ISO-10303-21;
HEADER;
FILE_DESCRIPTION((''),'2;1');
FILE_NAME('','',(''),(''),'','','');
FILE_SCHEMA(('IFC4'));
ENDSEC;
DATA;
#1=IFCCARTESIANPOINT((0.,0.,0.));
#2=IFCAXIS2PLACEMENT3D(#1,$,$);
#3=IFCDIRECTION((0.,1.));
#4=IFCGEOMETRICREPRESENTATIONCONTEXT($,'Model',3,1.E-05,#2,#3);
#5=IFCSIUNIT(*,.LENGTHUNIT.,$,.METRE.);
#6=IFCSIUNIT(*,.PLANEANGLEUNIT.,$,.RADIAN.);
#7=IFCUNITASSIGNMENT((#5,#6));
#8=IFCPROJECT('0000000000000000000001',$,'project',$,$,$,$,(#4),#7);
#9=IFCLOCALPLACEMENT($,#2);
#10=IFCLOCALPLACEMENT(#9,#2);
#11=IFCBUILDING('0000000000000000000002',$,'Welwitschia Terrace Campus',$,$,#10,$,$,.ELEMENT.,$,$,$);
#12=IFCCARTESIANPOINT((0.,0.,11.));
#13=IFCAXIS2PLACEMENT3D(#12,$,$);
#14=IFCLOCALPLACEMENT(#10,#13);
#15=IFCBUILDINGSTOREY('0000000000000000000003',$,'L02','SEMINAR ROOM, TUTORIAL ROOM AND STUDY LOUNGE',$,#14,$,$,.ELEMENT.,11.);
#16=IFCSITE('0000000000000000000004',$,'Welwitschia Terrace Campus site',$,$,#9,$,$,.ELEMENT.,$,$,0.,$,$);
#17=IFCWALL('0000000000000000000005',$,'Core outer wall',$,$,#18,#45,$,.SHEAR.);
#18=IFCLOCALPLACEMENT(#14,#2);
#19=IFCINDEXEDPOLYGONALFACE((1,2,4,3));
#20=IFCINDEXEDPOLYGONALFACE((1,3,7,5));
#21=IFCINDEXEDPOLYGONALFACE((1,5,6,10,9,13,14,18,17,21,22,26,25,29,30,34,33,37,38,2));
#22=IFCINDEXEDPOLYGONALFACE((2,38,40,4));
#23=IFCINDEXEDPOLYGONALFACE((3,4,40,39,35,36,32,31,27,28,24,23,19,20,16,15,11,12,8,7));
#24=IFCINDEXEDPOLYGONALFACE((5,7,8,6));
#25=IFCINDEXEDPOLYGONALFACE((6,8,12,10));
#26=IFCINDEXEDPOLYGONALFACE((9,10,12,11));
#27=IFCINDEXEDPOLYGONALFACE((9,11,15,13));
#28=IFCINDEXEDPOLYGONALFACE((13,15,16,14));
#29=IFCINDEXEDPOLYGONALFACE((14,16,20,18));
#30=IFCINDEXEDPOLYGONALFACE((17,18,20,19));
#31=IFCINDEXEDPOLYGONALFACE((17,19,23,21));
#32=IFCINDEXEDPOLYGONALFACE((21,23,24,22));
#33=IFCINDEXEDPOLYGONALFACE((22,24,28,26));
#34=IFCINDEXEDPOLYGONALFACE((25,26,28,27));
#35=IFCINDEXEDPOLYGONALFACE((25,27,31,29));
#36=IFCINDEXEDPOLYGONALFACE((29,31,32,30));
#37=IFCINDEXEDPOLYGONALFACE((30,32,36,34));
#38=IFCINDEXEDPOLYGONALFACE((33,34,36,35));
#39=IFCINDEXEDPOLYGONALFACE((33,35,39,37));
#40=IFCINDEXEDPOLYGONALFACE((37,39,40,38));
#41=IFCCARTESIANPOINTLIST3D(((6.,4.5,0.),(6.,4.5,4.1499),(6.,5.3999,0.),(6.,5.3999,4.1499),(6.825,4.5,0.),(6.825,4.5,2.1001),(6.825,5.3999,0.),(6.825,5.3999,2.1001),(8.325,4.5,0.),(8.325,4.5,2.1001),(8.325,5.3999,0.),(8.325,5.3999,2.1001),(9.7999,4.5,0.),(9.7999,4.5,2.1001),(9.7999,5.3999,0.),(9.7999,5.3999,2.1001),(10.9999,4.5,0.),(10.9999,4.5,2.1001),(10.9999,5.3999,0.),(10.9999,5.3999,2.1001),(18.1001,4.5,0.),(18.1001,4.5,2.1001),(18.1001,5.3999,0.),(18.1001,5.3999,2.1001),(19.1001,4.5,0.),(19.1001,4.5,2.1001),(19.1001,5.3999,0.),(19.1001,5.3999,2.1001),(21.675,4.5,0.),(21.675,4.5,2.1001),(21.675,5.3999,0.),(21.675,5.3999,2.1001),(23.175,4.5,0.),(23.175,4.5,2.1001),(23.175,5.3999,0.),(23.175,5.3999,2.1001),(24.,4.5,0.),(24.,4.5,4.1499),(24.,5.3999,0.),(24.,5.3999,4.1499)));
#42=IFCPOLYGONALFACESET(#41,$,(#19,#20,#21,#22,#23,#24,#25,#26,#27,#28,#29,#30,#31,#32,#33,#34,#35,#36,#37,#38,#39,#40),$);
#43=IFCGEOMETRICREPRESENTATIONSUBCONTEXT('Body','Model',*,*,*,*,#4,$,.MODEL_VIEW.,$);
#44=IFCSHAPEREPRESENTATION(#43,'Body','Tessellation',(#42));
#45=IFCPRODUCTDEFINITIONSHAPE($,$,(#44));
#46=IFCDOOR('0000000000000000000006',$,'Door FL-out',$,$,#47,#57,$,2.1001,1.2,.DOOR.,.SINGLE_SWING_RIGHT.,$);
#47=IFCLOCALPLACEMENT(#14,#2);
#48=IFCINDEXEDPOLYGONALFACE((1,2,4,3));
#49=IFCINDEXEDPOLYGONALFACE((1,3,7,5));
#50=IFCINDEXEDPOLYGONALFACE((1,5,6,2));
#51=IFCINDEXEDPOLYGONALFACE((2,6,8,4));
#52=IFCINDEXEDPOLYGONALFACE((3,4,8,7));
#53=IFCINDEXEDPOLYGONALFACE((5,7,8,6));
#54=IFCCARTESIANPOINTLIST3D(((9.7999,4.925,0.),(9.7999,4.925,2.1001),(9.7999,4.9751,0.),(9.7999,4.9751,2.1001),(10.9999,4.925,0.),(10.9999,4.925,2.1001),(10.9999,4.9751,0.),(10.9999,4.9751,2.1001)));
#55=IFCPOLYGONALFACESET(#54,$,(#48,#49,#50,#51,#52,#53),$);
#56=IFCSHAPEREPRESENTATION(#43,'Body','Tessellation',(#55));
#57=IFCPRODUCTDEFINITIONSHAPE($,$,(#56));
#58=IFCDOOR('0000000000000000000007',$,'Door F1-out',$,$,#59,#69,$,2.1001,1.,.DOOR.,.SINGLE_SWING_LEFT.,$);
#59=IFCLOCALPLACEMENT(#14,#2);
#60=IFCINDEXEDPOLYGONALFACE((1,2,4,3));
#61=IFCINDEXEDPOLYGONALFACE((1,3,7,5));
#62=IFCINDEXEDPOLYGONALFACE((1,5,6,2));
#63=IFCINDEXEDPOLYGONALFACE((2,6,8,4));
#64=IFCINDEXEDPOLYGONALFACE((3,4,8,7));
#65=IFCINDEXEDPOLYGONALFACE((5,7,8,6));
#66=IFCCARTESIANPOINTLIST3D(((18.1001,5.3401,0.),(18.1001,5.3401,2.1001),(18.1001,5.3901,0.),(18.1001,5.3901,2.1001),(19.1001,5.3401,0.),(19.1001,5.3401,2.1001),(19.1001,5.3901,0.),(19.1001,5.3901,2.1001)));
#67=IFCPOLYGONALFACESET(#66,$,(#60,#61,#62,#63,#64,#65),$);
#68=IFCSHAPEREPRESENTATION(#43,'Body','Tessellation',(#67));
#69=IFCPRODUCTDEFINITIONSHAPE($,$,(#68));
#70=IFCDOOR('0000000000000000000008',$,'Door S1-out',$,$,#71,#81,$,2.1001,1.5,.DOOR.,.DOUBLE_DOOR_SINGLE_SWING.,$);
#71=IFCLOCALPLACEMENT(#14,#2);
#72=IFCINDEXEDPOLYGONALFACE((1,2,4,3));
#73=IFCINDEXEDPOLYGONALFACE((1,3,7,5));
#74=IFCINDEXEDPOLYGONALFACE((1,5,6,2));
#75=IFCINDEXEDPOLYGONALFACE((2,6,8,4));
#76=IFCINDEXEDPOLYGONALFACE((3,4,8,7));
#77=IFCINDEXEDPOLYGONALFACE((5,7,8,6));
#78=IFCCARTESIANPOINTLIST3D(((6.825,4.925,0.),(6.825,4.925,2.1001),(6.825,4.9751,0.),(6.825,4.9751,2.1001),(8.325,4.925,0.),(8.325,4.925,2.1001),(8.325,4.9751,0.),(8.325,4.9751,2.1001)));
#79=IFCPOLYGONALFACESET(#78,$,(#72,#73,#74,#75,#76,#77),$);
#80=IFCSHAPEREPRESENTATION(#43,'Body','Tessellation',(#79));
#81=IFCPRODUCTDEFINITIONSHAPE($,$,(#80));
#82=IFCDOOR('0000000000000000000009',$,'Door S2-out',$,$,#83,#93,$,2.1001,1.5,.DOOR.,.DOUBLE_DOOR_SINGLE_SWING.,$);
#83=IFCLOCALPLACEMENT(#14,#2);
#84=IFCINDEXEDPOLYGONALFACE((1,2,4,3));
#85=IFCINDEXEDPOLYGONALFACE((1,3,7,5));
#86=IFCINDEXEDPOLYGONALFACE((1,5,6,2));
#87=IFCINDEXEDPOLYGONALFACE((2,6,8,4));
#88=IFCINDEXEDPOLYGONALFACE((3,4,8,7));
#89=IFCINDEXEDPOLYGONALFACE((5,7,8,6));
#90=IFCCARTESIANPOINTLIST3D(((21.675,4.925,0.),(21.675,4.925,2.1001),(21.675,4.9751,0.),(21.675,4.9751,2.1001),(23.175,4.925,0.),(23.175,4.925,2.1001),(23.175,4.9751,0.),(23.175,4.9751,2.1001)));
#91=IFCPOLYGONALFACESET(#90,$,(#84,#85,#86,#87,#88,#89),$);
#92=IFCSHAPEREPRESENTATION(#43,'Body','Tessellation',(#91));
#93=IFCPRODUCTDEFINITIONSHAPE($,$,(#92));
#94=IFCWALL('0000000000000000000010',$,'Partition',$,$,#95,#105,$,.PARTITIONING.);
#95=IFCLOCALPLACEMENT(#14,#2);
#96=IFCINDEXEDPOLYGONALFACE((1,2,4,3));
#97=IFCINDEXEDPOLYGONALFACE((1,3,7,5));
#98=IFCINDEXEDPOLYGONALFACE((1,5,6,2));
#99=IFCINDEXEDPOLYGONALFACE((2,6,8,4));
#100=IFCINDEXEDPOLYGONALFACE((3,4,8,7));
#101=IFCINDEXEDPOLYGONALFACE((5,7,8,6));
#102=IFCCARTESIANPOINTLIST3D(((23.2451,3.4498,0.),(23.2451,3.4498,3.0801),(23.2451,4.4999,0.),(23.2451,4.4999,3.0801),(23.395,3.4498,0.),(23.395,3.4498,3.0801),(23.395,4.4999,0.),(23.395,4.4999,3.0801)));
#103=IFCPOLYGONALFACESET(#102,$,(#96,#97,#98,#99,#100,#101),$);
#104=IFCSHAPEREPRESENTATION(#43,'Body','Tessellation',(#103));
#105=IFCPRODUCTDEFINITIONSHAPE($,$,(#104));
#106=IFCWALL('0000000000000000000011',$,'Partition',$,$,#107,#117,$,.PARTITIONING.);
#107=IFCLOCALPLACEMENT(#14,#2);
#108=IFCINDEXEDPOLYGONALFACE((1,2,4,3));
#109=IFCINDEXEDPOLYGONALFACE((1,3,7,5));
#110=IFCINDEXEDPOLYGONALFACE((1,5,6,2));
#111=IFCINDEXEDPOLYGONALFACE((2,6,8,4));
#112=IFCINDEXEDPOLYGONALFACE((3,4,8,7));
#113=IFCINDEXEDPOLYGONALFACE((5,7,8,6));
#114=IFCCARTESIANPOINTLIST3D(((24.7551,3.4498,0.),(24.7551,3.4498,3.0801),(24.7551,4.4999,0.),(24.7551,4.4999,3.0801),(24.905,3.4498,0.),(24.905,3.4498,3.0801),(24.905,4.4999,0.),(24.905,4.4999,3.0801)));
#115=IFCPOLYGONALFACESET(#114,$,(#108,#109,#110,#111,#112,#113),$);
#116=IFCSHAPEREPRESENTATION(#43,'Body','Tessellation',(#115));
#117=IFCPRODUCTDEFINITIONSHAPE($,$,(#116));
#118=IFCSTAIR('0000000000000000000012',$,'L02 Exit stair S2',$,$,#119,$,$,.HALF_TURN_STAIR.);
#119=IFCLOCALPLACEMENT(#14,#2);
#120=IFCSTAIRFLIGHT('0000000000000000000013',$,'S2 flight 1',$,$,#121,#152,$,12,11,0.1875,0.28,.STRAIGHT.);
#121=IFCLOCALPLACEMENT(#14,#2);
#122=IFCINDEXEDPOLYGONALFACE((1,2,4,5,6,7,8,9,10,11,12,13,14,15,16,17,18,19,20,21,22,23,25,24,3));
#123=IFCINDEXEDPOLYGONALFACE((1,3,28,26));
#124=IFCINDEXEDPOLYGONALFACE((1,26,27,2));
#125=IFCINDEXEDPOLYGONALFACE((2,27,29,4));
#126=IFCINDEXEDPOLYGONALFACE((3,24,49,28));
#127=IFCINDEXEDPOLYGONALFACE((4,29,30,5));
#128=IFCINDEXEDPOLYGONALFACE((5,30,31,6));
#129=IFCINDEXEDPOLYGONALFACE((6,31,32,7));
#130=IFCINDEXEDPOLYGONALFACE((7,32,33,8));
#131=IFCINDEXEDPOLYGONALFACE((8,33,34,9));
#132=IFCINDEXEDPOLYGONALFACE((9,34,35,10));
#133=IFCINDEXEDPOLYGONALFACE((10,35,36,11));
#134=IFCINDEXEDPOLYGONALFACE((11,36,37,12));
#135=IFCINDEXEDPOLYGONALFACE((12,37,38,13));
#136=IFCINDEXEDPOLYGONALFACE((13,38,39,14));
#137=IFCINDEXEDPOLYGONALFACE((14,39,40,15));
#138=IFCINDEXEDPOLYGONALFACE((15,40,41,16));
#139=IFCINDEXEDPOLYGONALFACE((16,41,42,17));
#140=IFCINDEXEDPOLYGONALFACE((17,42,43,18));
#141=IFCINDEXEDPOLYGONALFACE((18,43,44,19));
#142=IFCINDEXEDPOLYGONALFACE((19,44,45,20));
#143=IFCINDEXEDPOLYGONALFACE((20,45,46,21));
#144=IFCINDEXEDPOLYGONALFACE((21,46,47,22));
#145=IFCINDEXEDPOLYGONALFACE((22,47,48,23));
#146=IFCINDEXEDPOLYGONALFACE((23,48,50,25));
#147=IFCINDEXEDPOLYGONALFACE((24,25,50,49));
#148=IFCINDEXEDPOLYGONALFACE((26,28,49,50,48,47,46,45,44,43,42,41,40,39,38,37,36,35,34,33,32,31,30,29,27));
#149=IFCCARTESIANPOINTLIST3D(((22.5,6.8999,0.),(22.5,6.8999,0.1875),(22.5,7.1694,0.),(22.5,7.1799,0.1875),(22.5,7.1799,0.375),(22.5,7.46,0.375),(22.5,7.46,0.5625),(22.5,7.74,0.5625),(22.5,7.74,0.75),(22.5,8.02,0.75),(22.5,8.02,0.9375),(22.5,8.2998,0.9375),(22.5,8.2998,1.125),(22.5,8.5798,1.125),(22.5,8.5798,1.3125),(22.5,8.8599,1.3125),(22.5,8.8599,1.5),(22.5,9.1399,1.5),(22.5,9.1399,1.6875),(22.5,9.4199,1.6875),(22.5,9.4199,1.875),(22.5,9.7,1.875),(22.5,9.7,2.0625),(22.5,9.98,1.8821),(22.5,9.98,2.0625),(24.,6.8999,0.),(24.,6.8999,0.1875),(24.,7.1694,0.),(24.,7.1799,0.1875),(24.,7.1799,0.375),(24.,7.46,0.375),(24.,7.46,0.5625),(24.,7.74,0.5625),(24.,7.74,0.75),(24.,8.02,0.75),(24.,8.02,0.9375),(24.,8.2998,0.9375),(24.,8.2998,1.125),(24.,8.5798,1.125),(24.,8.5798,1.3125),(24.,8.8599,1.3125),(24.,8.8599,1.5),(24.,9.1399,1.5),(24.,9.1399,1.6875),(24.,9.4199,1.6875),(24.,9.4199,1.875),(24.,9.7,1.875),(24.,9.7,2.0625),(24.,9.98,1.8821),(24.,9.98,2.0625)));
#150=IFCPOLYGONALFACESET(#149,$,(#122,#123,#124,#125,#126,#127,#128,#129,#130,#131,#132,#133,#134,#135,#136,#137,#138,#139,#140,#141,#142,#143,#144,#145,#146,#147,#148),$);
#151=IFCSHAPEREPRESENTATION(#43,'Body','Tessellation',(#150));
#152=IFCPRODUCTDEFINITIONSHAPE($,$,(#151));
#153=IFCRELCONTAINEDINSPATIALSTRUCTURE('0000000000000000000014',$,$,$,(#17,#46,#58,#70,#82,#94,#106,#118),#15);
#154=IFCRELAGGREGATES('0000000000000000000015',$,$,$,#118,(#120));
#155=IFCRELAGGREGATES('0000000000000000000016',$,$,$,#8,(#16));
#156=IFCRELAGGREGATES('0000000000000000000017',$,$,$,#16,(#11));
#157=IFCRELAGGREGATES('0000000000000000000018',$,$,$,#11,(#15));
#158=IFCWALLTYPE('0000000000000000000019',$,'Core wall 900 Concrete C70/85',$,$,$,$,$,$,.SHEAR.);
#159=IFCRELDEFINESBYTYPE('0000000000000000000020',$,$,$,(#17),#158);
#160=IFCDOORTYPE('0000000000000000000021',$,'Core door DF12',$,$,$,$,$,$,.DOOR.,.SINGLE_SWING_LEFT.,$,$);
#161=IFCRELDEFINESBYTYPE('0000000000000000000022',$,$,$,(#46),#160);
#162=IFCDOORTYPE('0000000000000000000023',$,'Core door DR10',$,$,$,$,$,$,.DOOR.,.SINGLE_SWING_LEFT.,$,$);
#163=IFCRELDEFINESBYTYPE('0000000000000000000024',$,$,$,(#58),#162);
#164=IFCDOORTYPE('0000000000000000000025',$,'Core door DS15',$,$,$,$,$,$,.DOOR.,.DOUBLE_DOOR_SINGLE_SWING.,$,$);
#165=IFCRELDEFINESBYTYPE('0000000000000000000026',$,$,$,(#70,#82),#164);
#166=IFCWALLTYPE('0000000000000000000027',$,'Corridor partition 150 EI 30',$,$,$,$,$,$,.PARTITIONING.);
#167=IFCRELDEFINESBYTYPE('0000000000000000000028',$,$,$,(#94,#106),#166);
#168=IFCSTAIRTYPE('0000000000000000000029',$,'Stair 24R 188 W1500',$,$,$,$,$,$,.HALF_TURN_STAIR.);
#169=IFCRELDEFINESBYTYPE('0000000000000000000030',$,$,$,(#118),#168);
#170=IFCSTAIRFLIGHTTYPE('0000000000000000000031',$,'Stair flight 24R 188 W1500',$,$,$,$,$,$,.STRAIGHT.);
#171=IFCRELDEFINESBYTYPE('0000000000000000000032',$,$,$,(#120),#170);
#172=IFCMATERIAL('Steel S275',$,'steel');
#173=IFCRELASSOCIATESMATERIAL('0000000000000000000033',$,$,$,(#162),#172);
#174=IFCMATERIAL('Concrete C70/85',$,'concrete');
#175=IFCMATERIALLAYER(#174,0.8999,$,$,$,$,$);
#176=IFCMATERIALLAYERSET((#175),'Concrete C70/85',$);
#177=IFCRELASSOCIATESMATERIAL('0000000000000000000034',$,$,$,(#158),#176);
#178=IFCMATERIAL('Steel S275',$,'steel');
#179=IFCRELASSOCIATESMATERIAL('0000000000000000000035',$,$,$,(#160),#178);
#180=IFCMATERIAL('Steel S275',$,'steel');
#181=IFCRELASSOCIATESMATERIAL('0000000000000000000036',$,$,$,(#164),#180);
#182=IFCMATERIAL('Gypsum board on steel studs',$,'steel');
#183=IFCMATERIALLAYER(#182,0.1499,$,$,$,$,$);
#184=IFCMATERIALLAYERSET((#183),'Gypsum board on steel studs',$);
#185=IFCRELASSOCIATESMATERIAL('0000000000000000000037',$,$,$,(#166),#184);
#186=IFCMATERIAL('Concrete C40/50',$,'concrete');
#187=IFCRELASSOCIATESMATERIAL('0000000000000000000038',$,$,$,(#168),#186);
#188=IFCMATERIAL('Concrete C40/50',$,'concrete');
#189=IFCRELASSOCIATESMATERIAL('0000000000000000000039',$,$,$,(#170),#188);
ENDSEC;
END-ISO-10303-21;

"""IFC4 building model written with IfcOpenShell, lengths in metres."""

from ifc_helpers import new_model, si_unit, direction, frame, frame_2d, origin, place, context, subcontext, project, spatial, polyline, rectangle, outline, extrude, material, layer, layer_set, type_object, element, fill, aggregate, save


model = new_model("IFC4")

# Units and contexts
model_context = context("Model", 3, precision=1e-05, world=origin(), true_north=direction((0.0, 1.0)))
body_context = subcontext(model_context, "Body", "Model", "MODEL_VIEW")
ifc_project = project(units=[si_unit("LENGTHUNIT", "METRE"), si_unit("PLANEANGLEUNIT", "RADIAN")], contexts=[model_context])

# Site, building, storey
site_placement = place(None, origin())
site = spatial("IfcSite", under=ifc_project, at=site_placement, Name="Welwitschia Terrace Campus site", CompositionType="ELEMENT", RefElevation=0.0)
building_placement = place(site_placement, origin())
building = spatial("IfcBuilding", under=site, at=building_placement, Name="Welwitschia Terrace Campus", CompositionType="ELEMENT")
storey_placement = place(building_placement, frame((0.0, 0.0, 11.0)))
storey = spatial("IfcBuildingStorey", under=building, at=storey_placement, Name="L02", Description="SEMINAR ROOM, TUTORIAL ROOM AND STUDY LOUNGE", CompositionType="ELEMENT", Elevation=11.0)

# Wall, openings, doors
ifc_material_1 = material(Name="Steel S275", Category="steel")
door_type_1 = type_object("IfcDoorType", Name="Core door DR10", OperationType="SINGLE_SWING_LEFT", PredefinedType="DOOR", material=ifc_material_1)
ifc_material_2 = material(Name="Concrete C70/85", Category="concrete")
ifc_layer_1 = layer(ifc_material_2, 0.8999)
ifc_layer_set_1 = layer_set([ifc_layer_1], Name="Concrete C70/85")
wall_type_1 = type_object("IfcWallType", Name="Core wall 900 Concrete C70/85", PredefinedType="SHEAR", material=ifc_layer_set_1)
wall_1_placement = place(storey_placement, frame((24.0, 4.95, 0.0), z_axis=(0.0, 0.0, 1.0), x_axis=(-1.0, 0.0, 0.0)))
wall_1 = element("IfcWall", 1, at=wall_1_placement, inside=storey, type_object=wall_type_1, Name="Core outer wall", PredefinedType="SHEAR", context=body_context, shape_type="SweptSolid", body=[
    extrude(rectangle(XDim=18.0, YDim=0.8999, at=frame_2d((9.0, 0.0))), origin(), (0.0, 0.0, 1.0), 4.1499),
])
opening_1_placement = place(wall_1_placement, frame((15.675, 0.0, 0.0)))
opening_1 = element("IfcOpeningElement", 2, at=opening_1_placement, cuts=wall_1, PredefinedType="OPENING", context=body_context, shape_type="SweptSolid", body=[
    extrude(rectangle(XDim=1.5, YDim=2.1001, at=frame_2d((0.75, 1.05))), frame((0.0, 0.46, 0.0), z_axis=(0.0, -1.0, 0.0), x_axis=(1.0, 0.0, 0.0)), (0.0, 0.0, 1.0), 0.9199),
])
opening_2_placement = place(wall_1_placement, frame((0.825, 0.0, 0.0)))
opening_2 = element("IfcOpeningElement", 3, at=opening_2_placement, cuts=wall_1, PredefinedType="OPENING", context=body_context, shape_type="SweptSolid", body=[
    extrude(rectangle(XDim=1.5, YDim=2.1001, at=frame_2d((0.75, 1.05))), frame((0.0, 0.46, 0.0), z_axis=(0.0, -1.0, 0.0), x_axis=(1.0, 0.0, 0.0)), (0.0, 0.0, 1.0), 0.9199),
])
opening_3_placement = place(wall_1_placement, frame((13.0, 0.0, 0.0)))
opening_3 = element("IfcOpeningElement", 4, at=opening_3_placement, cuts=wall_1, PredefinedType="OPENING", context=body_context, shape_type="SweptSolid", body=[
    extrude(rectangle(XDim=1.2, YDim=2.1001, at=frame_2d((0.6001, 1.05))), frame((0.0, 0.46, 0.0), z_axis=(0.0, -1.0, 0.0), x_axis=(1.0, 0.0, 0.0)), (0.0, 0.0, 1.0), 0.9199),
])
opening_4_placement = place(wall_1_placement, frame((4.8999, 0.0, 0.0)))
opening_4 = element("IfcOpeningElement", 5, at=opening_4_placement, cuts=wall_1, PredefinedType="OPENING", context=body_context, shape_type="SweptSolid", body=[
    extrude(rectangle(XDim=1.0, YDim=2.1001, at=frame_2d((0.5, 1.05))), frame((0.0, 0.46, 0.0), z_axis=(0.0, -1.0, 0.0), x_axis=(1.0, 0.0, 0.0)), (0.0, 0.0, 1.0), 0.9199),
])
ifc_material_3 = material(Name="Steel S275", Category="steel")
door_type_2 = type_object("IfcDoorType", Name="Core door DF12", OperationType="SINGLE_SWING_LEFT", PredefinedType="DOOR", material=ifc_material_3)
door_1_placement = place(opening_3_placement, origin())
door_1 = element("IfcDoor", 6, at=door_1_placement, inside=storey, type_object=door_type_2, Name="Door FL-out", OperationType="SINGLE_SWING_RIGHT", OverallHeight=2.1001, OverallWidth=1.2, PredefinedType="DOOR", context=body_context, shape_type="SweptSolid", body=[
    extrude(rectangle(XDim=1.2, YDim=2.1001, at=frame_2d((0.6001, 1.05))), frame((0.0, 0.0249, 0.0), z_axis=(0.0, -1.0, 0.0), x_axis=(1.0, 0.0, 0.0)), (0.0, 0.0, 1.0), 0.05),
])
fill(opening_3, door_1)
door_2_placement = place(opening_4_placement, origin())
door_2 = element("IfcDoor", 7, at=door_2_placement, inside=storey, type_object=door_type_1, Name="Door F1-out", OperationType="SINGLE_SWING_LEFT", OverallHeight=2.1001, OverallWidth=1.0, PredefinedType="DOOR", context=body_context, shape_type="SweptSolid", body=[
    extrude(rectangle(XDim=1.0, YDim=2.1001, at=frame_2d((0.5, 1.05))), frame((0.0, -0.3901, 0.0), z_axis=(0.0, -1.0, 0.0), x_axis=(1.0, 0.0, 0.0)), (0.0, 0.0, 1.0), 0.05),
])
fill(opening_4, door_2)
ifc_material_4 = material(Name="Steel S275", Category="steel")
door_type_3 = type_object("IfcDoorType", Name="Core door DS15", OperationType="DOUBLE_DOOR_SINGLE_SWING", PredefinedType="DOOR", material=ifc_material_4)
door_3_placement = place(opening_1_placement, origin())
door_3 = element("IfcDoor", 8, at=door_3_placement, inside=storey, type_object=door_type_3, Name="Door S1-out", OperationType="DOUBLE_DOOR_SINGLE_SWING", OverallHeight=2.1001, OverallWidth=1.5, PredefinedType="DOOR", context=body_context, shape_type="SweptSolid", body=[
    extrude(rectangle(XDim=1.5, YDim=2.1001, at=frame_2d((0.75, 1.05))), frame((0.0, 0.0249, 0.0), z_axis=(0.0, -1.0, 0.0), x_axis=(1.0, 0.0, 0.0)), (0.0, 0.0, 1.0), 0.05),
])
fill(opening_1, door_3)
door_4_placement = place(opening_2_placement, origin())
door_4 = element("IfcDoor", 9, at=door_4_placement, inside=storey, type_object=door_type_3, Name="Door S2-out", OperationType="DOUBLE_DOOR_SINGLE_SWING", OverallHeight=2.1001, OverallWidth=1.5, PredefinedType="DOOR", context=body_context, shape_type="SweptSolid", body=[
    extrude(rectangle(XDim=1.5, YDim=2.1001, at=frame_2d((0.75, 1.05))), frame((0.0, 0.0249, 0.0), z_axis=(0.0, -1.0, 0.0), x_axis=(1.0, 0.0, 0.0)), (0.0, 0.0, 1.0), 0.05),
])
fill(opening_2, door_4)

# Walls
ifc_material_5 = material(Name="Gypsum board on steel studs", Category="steel")
ifc_layer_2 = layer(ifc_material_5, 0.1499)
ifc_layer_set_2 = layer_set([ifc_layer_2], Name="Gypsum board on steel studs")
wall_type_2 = type_object("IfcWallType", Name="Corridor partition 150 EI 30", PredefinedType="PARTITIONING", material=ifc_layer_set_2)
for number, where, z_axis, x_axis, name in (
    (10, (23.3201, 3.45, 0.0), (0.0, 0.0, 1.0), (0.0, 1.0, 0.0), "Partition"),
    (11, (24.8301, 3.45, 0.0), (0.0, 0.0, 1.0), (0.0, 1.0, 0.0), "Partition"),
):
    element("IfcWall", number, at=place(storey_placement, frame(where, z_axis=z_axis, x_axis=x_axis)), inside=storey, type_object=wall_type_2, Name=name, PredefinedType="PARTITIONING", context=body_context, shape_type="SweptSolid", body=[
        extrude(rectangle(XDim=1.05, YDim=0.1499, at=frame_2d((0.5249, 0.0))), origin(), (0.0, 0.0, 1.0), 3.0801),
    ])

# Stair, stair flight
ifc_material_6 = material(Name="Concrete C40/50", Category="concrete")
stair_type = type_object("IfcStairType", Name="Stair 24R 188 W1500", PredefinedType="HALF_TURN_STAIR", material=ifc_material_6)
stair_placement = place(storey_placement, origin())
stair = element("IfcStair", 12, at=stair_placement, inside=storey, type_object=stair_type, Name="L02 Exit stair S2", PredefinedType="HALF_TURN_STAIR")
ifc_material_7 = material(Name="Concrete C40/50", Category="concrete")
stair_flight_type = type_object("IfcStairFlightType", Name="Stair flight 24R 188 W1500", PredefinedType="STRAIGHT", material=ifc_material_7)
stair_flight_1_placement = place(storey_placement, frame((23.25, 6.8999, 0.0), z_axis=(0.0, 0.0, 1.0), x_axis=(0.0, 1.0, 0.0)))
stair_flight_1 = element("IfcStairFlight", 13, at=stair_flight_1_placement, type_object=stair_flight_type, Name="S2 flight 1", NumberOfRisers=12, NumberOfTreads=11, PredefinedType="STRAIGHT", RiserHeight=0.1875, TreadLength=0.28, context=body_context, shape_type="SweptSolid", body=[
    extrude(outline(polyline([(0.0, 0.0), (0.0, 0.1875), (0.28, 0.1875), (0.28, 0.375), (0.5601, 0.375), (0.5601, 0.5625), (0.8401, 0.5625), (0.8401, 0.75), (1.1201, 0.75), (1.1201, 0.9375), (1.3999, 0.9375), (1.3999, 1.125), (1.6799, 1.125), (1.6799, 1.3125), (1.96, 1.3125), (1.96, 1.5), (2.24, 1.5), (2.24, 1.6875), (2.52, 1.6875), (2.52, 1.875), (2.8, 1.875), (2.8, 2.0625), (3.0801, 2.0625), (3.0801, 2.25), (3.0801, 1.8821), (0.2695, 0.0), (0.0, 0.0)])), frame((0.0, 0.75, 0.0), z_axis=(0.0, -1.0, 0.0), x_axis=(1.0, 0.0, 0.0)), (0.0, 0.0, 1.0), 1.5),
])
aggregate(stair, [stair_flight_1])

save(model, "model.ifc")
